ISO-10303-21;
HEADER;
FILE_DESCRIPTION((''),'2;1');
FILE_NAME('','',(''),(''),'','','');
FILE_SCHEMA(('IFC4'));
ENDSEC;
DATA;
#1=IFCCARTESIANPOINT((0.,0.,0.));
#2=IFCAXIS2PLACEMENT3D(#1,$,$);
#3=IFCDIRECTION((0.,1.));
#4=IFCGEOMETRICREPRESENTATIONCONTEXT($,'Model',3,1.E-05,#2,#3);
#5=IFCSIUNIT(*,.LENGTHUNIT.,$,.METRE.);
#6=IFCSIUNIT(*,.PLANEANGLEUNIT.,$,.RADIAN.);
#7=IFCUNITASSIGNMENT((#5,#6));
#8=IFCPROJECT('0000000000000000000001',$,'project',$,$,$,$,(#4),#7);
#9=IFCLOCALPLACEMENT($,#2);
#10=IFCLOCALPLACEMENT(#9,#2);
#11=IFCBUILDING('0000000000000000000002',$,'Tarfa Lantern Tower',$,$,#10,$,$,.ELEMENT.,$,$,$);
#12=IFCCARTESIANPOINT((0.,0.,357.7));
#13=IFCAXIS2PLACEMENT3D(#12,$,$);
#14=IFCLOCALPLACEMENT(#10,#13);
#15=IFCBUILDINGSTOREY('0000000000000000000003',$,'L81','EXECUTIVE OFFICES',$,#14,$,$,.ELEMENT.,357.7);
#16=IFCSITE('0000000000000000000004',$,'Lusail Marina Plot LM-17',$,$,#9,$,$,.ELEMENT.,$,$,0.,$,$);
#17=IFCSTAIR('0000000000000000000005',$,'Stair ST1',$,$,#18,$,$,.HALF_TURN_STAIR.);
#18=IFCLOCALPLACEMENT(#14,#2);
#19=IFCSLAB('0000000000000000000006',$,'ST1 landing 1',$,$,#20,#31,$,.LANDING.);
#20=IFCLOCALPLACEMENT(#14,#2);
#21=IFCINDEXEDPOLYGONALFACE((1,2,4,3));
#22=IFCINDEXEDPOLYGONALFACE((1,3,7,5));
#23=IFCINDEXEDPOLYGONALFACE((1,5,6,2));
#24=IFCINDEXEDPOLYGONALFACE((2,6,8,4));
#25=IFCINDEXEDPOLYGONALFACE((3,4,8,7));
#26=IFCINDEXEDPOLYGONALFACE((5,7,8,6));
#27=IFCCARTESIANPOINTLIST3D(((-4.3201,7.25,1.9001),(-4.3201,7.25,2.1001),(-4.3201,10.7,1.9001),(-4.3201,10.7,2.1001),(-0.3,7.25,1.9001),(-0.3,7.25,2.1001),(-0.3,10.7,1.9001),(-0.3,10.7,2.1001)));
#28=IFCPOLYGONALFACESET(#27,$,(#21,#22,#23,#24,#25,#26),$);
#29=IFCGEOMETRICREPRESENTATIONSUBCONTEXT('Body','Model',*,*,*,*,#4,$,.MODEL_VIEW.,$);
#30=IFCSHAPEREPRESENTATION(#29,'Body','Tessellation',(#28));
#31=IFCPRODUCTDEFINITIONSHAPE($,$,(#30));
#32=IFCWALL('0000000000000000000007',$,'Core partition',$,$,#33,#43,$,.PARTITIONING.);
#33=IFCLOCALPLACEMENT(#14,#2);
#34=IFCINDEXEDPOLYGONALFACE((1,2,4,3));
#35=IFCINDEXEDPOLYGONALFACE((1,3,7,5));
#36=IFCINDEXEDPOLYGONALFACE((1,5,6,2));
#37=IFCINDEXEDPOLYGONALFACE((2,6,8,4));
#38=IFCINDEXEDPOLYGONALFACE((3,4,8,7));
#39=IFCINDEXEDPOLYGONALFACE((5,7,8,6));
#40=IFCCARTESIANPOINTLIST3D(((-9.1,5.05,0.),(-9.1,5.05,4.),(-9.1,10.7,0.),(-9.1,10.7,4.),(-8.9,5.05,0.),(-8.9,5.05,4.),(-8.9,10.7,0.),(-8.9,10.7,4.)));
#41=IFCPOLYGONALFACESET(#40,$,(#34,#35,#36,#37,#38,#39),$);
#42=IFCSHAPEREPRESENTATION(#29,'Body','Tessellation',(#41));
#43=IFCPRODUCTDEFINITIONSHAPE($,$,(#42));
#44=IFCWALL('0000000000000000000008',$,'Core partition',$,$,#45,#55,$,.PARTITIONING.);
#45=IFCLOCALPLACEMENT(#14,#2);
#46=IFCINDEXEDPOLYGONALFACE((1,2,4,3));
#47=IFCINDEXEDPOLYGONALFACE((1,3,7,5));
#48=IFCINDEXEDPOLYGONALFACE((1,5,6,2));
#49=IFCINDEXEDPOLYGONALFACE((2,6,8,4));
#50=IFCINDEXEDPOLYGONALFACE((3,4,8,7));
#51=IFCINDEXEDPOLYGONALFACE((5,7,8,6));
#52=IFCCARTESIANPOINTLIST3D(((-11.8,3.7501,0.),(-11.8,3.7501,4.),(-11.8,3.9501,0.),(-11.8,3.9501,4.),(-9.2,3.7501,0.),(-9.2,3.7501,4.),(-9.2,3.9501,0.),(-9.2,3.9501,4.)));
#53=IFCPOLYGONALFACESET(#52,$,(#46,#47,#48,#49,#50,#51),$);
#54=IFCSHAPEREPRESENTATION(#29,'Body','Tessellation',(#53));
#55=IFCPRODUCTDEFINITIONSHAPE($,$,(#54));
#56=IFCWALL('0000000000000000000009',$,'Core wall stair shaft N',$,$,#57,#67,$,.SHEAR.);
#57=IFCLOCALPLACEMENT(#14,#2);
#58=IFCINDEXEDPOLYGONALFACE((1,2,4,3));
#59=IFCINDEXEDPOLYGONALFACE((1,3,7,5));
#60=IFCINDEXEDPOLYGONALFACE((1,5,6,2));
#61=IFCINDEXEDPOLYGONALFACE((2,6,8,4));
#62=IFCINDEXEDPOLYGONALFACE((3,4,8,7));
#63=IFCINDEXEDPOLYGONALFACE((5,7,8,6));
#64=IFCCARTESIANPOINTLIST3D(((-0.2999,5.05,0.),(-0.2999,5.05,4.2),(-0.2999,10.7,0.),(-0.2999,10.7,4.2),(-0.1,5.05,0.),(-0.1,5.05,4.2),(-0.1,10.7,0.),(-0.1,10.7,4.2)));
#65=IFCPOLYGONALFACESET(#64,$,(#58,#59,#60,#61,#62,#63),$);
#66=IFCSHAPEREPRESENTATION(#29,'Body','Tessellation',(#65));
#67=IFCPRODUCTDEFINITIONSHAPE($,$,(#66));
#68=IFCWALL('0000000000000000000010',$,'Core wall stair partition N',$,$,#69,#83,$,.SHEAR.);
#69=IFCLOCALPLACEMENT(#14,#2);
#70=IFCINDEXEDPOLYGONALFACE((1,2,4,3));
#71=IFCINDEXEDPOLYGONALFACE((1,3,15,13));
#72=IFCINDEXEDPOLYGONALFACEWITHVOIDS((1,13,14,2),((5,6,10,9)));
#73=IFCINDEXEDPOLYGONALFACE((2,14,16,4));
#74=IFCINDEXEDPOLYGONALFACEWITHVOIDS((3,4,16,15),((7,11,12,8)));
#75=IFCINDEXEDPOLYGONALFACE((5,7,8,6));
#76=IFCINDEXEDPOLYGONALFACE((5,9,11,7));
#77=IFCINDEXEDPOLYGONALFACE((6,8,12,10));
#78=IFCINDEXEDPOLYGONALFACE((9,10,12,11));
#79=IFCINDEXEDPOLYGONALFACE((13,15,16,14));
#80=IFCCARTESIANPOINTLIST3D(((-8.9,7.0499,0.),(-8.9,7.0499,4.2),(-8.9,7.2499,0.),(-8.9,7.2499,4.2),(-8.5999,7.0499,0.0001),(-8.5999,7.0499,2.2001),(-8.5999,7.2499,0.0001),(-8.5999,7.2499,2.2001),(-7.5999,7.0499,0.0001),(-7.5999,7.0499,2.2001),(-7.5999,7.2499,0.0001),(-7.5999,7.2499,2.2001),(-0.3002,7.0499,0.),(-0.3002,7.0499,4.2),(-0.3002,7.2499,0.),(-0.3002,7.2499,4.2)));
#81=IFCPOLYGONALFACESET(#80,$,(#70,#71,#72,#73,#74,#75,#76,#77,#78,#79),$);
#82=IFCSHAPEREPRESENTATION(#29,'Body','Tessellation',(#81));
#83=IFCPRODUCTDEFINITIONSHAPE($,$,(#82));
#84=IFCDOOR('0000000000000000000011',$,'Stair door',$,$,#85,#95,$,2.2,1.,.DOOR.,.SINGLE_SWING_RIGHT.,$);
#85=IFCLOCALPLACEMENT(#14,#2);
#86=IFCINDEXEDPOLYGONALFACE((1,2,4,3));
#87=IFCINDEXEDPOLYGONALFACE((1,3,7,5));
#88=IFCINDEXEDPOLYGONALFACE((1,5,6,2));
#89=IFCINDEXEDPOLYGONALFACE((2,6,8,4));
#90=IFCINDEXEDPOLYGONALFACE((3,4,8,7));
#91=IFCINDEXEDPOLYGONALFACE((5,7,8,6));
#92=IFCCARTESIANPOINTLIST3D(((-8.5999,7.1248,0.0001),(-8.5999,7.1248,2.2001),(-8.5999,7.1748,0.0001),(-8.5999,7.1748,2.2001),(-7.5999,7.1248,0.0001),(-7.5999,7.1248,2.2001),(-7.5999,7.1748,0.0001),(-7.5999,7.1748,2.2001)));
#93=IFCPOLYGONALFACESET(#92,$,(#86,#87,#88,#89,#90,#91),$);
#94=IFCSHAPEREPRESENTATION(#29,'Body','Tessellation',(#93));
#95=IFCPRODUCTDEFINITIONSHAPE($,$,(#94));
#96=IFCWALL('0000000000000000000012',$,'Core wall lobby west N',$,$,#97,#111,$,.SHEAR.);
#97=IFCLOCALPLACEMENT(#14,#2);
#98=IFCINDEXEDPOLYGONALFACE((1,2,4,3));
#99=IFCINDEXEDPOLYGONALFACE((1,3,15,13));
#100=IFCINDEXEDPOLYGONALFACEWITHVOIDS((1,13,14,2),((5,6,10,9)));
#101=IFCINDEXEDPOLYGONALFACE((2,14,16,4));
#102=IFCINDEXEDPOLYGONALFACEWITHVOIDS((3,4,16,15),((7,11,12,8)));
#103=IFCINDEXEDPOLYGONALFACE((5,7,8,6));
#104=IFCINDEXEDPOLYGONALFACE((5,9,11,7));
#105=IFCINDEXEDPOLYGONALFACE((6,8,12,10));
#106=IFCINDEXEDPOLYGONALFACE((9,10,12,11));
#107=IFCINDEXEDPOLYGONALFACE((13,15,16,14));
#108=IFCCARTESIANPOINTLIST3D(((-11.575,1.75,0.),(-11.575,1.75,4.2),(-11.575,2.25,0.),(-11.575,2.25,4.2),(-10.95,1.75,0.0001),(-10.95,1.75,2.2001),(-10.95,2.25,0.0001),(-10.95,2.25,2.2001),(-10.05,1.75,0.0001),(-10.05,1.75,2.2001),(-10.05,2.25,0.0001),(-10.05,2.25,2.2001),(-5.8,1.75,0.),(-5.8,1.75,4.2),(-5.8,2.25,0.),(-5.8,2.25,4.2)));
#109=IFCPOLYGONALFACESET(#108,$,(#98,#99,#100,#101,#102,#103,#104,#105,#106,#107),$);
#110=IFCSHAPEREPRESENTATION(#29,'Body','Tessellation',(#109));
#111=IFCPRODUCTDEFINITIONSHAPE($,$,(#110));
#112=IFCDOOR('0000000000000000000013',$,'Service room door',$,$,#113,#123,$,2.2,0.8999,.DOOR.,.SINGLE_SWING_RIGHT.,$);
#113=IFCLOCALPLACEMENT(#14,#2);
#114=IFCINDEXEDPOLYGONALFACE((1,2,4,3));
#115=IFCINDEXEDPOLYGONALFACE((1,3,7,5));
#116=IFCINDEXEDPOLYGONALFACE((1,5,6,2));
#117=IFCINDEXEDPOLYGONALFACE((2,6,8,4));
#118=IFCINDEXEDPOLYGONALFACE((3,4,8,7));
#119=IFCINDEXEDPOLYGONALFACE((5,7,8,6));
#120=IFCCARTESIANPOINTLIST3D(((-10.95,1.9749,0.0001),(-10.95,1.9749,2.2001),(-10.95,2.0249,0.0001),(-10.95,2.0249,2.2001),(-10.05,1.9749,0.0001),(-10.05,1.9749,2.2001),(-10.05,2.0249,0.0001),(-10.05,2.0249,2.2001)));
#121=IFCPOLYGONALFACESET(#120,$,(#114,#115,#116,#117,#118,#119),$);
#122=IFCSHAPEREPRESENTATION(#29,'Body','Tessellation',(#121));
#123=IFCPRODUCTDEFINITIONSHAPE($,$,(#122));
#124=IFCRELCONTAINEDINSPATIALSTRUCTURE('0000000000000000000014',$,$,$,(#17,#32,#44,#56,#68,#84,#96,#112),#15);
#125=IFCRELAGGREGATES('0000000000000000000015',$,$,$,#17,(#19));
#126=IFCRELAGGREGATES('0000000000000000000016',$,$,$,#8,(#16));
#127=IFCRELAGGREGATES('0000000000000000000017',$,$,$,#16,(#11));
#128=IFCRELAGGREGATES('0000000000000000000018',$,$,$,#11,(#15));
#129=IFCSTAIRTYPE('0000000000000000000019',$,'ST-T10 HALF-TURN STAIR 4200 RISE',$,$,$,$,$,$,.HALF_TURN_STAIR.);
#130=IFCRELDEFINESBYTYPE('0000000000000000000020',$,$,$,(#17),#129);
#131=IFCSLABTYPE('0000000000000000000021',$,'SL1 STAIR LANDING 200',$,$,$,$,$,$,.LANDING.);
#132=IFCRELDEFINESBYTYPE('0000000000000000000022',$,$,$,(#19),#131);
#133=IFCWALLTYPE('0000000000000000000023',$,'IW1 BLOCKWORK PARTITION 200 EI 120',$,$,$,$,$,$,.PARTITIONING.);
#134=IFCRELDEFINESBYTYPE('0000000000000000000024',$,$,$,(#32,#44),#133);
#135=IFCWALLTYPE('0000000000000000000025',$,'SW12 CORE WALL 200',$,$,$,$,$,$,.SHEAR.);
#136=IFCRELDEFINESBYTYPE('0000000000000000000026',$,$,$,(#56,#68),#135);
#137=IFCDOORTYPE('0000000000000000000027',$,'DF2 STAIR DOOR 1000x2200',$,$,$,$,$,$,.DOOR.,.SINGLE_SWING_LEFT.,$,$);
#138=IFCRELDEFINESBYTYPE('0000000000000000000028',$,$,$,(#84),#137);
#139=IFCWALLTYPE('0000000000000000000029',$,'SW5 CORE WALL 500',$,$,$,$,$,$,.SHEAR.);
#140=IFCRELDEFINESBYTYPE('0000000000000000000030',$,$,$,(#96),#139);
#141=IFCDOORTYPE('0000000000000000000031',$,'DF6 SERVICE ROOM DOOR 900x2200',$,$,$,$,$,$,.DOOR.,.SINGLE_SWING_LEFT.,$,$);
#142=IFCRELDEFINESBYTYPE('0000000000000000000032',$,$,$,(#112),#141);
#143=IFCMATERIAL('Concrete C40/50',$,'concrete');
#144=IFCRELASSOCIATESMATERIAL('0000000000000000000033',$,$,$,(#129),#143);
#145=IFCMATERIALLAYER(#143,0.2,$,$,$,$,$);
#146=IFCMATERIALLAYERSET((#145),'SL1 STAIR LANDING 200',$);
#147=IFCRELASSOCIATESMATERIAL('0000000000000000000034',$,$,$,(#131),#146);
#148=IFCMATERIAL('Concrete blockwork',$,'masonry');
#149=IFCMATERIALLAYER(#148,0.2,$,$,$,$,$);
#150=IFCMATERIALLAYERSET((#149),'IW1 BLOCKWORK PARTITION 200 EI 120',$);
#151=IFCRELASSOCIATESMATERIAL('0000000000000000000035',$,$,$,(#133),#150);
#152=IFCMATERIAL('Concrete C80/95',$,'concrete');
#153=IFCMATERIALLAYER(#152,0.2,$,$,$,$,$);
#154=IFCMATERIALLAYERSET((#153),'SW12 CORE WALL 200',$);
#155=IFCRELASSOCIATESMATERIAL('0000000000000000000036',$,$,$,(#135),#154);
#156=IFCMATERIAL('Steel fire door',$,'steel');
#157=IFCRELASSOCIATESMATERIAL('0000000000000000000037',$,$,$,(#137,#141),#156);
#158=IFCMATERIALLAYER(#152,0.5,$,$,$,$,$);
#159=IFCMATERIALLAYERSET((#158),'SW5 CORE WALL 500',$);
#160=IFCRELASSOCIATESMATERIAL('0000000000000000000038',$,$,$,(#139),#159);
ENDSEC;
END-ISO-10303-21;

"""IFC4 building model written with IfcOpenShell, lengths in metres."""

from ifc_helpers import new_model, si_unit, direction, frame, frame_2d, origin, place, context, subcontext, project, spatial, polyline, rectangle, outline, extrude, material, layer, layer_set, type_object, element, fill, aggregate, save


model = new_model("IFC4")

# Units and contexts
model_context = context("Model", 3, precision=1e-05, world=origin(), true_north=direction((0.0, 1.0)))
body_context = subcontext(model_context, "Body", "Model", "MODEL_VIEW")
ifc_project = project(units=[si_unit("LENGTHUNIT", "METRE"), si_unit("PLANEANGLEUNIT", "RADIAN")], contexts=[model_context])

# Site, building, storey
site_placement = place(None, origin())
site = spatial("IfcSite", under=ifc_project, at=site_placement, Name="Lusail Marina Plot LM-17", CompositionType="ELEMENT", RefElevation=0.0)
building_placement = place(site_placement, origin())
building = spatial("IfcBuilding", under=site, at=building_placement, Name="Tarfa Lantern Tower", CompositionType="ELEMENT")
storey_placement = place(building_placement, frame((0.0, 0.0, 357.7)))
storey = spatial("IfcBuildingStorey", under=building, at=storey_placement, Name="L81", Description="EXECUTIVE OFFICES", CompositionType="ELEMENT", Elevation=357.7)

# Stair, slab
ifc_material_1 = material(Name="Concrete C40/50", Category="concrete")
stair_type = type_object("IfcStairType", Name="ST-T10 HALF-TURN STAIR 4200 RISE", PredefinedType="HALF_TURN_STAIR", material=ifc_material_1)
stair_placement = place(storey_placement, origin())
stair = element("IfcStair", 1, at=stair_placement, inside=storey, type_object=stair_type, Name="Stair ST1", PredefinedType="HALF_TURN_STAIR")
ifc_layer_1 = layer(ifc_material_1, 0.2)
ifc_layer_set_1 = layer_set([ifc_layer_1], Name="SL1 STAIR LANDING 200")
slab_type = type_object("IfcSlabType", Name="SL1 STAIR LANDING 200", PredefinedType="LANDING", material=ifc_layer_set_1)
slab_placement = place(storey_placement, frame((0.0, 0.0, 1.9001)))
slab = element("IfcSlab", 2, at=slab_placement, type_object=slab_type, Name="ST1 landing 1", PredefinedType="LANDING", context=body_context, shape_type="SweptSolid", body=[
    extrude(outline(polyline([(-4.3201, 7.25), (-0.3, 7.25), (-0.3, 10.7), (-4.3201, 10.7), (-4.3201, 7.25)])), origin(), (0.0, 0.0, 1.0), 0.2),
])
aggregate(stair, [slab])

# Walls
ifc_material_2 = material(Name="Concrete blockwork", Category="masonry")
ifc_layer_2 = layer(ifc_material_2, 0.2)
ifc_layer_set_2 = layer_set([ifc_layer_2], Name="IW1 BLOCKWORK PARTITION 200 EI 120")
wall_type_1 = type_object("IfcWallType", Name="IW1 BLOCKWORK PARTITION 200 EI 120", PredefinedType="PARTITIONING", material=ifc_layer_set_2)
wall_1_placement = place(storey_placement, frame((-9.0, 5.05, 0.0), z_axis=(0.0, 0.0, 1.0), x_axis=(0.0, 1.0, 0.0)))
element("IfcWall", 3, at=wall_1_placement, inside=storey, type_object=wall_type_1, Name="Core partition", PredefinedType="PARTITIONING", context=body_context, shape_type="SweptSolid", body=[
    extrude(rectangle(XDim=5.6499, YDim=0.2, at=frame_2d((2.825, 0.0))), origin(), (0.0, 0.0, 1.0), 4.0),
])
wall_2_placement = place(storey_placement, frame((-11.8, 3.8501, 0.0), z_axis=(0.0, 0.0, 1.0), x_axis=(1.0, 0.0, 0.0)))
element("IfcWall", 4, at=wall_2_placement, inside=storey, type_object=wall_type_1, Name="Core partition", PredefinedType="PARTITIONING", context=body_context, shape_type="SweptSolid", body=[
    extrude(rectangle(XDim=2.6001, YDim=0.2, at=frame_2d((1.3, 0.0))), origin(), (0.0, 0.0, 1.0), 4.0),
])
ifc_material_3 = material(Name="Concrete C80/95", Category="concrete")
ifc_layer_3 = layer(ifc_material_3, 0.2)
ifc_layer_set_3 = layer_set([ifc_layer_3], Name="SW12 CORE WALL 200")
wall_type_2 = type_object("IfcWallType", Name="SW12 CORE WALL 200", PredefinedType="SHEAR", material=ifc_layer_set_3)
wall_3_placement = place(storey_placement, frame((-0.2, 5.05, 0.0), z_axis=(0.0, 0.0, 1.0), x_axis=(0.0, 1.0, 0.0)))
element("IfcWall", 5, at=wall_3_placement, inside=storey, type_object=wall_type_2, Name="Core wall stair shaft N", PredefinedType="SHEAR", context=body_context, shape_type="SweptSolid", body=[
    extrude(rectangle(XDim=5.6499, YDim=0.2, at=frame_2d((2.825, 0.0))), origin(), (0.0, 0.0, 1.0), 4.2),
])

# Walls, openings, doors
wall_4_placement = place(storey_placement, frame((-8.8999, 7.1499, 0.0), z_axis=(0.0, 0.0, 1.0), x_axis=(1.0, 0.0, 0.0)))
wall_4 = element("IfcWall", 6, at=wall_4_placement, inside=storey, type_object=wall_type_2, Name="Core wall stair partition N", PredefinedType="SHEAR", context=body_context, shape_type="SweptSolid", body=[
    extrude(rectangle(XDim=8.5999, YDim=0.2, at=frame_2d((4.2998, 0.0))), origin(), (0.0, 0.0, 1.0), 4.2),
])
opening_1_placement = place(wall_4_placement, frame((0.3, 0.0, 0.0)))
opening_1 = element("IfcOpeningElement", 7, at=opening_1_placement, cuts=wall_4, PredefinedType="OPENING", context=body_context, shape_type="SweptSolid", body=[
    extrude(rectangle(XDim=1.0, YDim=2.2, at=frame_2d((0.5, 1.1001))), frame((0.0, 0.1099, 0.0), z_axis=(0.0, -1.0, 0.0), x_axis=(1.0, 0.0, 0.0)), (0.0, 0.0, 1.0), 0.22),
])
ifc_material_4 = material(Name="Steel fire door", Category="steel")
door_type_1 = type_object("IfcDoorType", Name="DF2 STAIR DOOR 1000x2200", OperationType="SINGLE_SWING_LEFT", PredefinedType="DOOR", material=ifc_material_4)
door_1_placement = place(opening_1_placement, origin())
door_1 = element("IfcDoor", 8, at=door_1_placement, inside=storey, type_object=door_type_1, Name="Stair door", OperationType="SINGLE_SWING_RIGHT", OverallHeight=2.2, OverallWidth=1.0, PredefinedType="DOOR", context=body_context, shape_type="SweptSolid", body=[
    extrude(rectangle(XDim=1.0, YDim=2.2, at=frame_2d((0.5, 1.1001))), frame((0.0, 0.0249, 0.0), z_axis=(0.0, -1.0, 0.0), x_axis=(1.0, 0.0, 0.0)), (0.0, 0.0, 1.0), 0.05),
])
fill(opening_1, door_1)
ifc_layer_4 = layer(ifc_material_3, 0.5)
ifc_layer_set_4 = layer_set([ifc_layer_4], Name="SW5 CORE WALL 500")
wall_type_3 = type_object("IfcWallType", Name="SW5 CORE WALL 500", PredefinedType="SHEAR", material=ifc_layer_set_4)
wall_5_placement = place(storey_placement, frame((-11.575, 2.0, 0.0), z_axis=(0.0, 0.0, 1.0), x_axis=(1.0, 0.0, 0.0)))
wall_5 = element("IfcWall", 9, at=wall_5_placement, inside=storey, type_object=wall_type_3, Name="Core wall lobby west N", PredefinedType="SHEAR", context=body_context, shape_type="SweptSolid", body=[
    extrude(rectangle(XDim=5.7749, YDim=0.5, at=frame_2d((2.8875, 0.0))), origin(), (0.0, 0.0, 1.0), 4.2),
])
opening_2_placement = place(wall_5_placement, frame((0.625, 0.0, 0.0)))
opening_2 = element("IfcOpeningElement", 10, at=opening_2_placement, cuts=wall_5, PredefinedType="OPENING", context=body_context, shape_type="SweptSolid", body=[
    extrude(rectangle(XDim=0.8999, YDim=2.2, at=frame_2d((0.45, 1.1001))), frame((0.0, 0.26, 0.0), z_axis=(0.0, -1.0, 0.0), x_axis=(1.0, 0.0, 0.0)), (0.0, 0.0, 1.0), 0.52),
])
door_type_2 = type_object("IfcDoorType", Name="DF6 SERVICE ROOM DOOR 900x2200", OperationType="SINGLE_SWING_LEFT", PredefinedType="DOOR", material=ifc_material_4)
door_2_placement = place(opening_2_placement, origin())
door_2 = element("IfcDoor", 11, at=door_2_placement, inside=storey, type_object=door_type_2, Name="Service room door", OperationType="SINGLE_SWING_RIGHT", OverallHeight=2.2, OverallWidth=0.8999, PredefinedType="DOOR", context=body_context, shape_type="SweptSolid", body=[
    extrude(rectangle(XDim=0.8999, YDim=2.2, at=frame_2d((0.45, 1.1001))), frame((0.0, 0.0249, 0.0), z_axis=(0.0, -1.0, 0.0), x_axis=(1.0, 0.0, 0.0)), (0.0, 0.0, 1.0), 0.05),
])
fill(opening_2, door_2)

save(model, "model.ifc")
